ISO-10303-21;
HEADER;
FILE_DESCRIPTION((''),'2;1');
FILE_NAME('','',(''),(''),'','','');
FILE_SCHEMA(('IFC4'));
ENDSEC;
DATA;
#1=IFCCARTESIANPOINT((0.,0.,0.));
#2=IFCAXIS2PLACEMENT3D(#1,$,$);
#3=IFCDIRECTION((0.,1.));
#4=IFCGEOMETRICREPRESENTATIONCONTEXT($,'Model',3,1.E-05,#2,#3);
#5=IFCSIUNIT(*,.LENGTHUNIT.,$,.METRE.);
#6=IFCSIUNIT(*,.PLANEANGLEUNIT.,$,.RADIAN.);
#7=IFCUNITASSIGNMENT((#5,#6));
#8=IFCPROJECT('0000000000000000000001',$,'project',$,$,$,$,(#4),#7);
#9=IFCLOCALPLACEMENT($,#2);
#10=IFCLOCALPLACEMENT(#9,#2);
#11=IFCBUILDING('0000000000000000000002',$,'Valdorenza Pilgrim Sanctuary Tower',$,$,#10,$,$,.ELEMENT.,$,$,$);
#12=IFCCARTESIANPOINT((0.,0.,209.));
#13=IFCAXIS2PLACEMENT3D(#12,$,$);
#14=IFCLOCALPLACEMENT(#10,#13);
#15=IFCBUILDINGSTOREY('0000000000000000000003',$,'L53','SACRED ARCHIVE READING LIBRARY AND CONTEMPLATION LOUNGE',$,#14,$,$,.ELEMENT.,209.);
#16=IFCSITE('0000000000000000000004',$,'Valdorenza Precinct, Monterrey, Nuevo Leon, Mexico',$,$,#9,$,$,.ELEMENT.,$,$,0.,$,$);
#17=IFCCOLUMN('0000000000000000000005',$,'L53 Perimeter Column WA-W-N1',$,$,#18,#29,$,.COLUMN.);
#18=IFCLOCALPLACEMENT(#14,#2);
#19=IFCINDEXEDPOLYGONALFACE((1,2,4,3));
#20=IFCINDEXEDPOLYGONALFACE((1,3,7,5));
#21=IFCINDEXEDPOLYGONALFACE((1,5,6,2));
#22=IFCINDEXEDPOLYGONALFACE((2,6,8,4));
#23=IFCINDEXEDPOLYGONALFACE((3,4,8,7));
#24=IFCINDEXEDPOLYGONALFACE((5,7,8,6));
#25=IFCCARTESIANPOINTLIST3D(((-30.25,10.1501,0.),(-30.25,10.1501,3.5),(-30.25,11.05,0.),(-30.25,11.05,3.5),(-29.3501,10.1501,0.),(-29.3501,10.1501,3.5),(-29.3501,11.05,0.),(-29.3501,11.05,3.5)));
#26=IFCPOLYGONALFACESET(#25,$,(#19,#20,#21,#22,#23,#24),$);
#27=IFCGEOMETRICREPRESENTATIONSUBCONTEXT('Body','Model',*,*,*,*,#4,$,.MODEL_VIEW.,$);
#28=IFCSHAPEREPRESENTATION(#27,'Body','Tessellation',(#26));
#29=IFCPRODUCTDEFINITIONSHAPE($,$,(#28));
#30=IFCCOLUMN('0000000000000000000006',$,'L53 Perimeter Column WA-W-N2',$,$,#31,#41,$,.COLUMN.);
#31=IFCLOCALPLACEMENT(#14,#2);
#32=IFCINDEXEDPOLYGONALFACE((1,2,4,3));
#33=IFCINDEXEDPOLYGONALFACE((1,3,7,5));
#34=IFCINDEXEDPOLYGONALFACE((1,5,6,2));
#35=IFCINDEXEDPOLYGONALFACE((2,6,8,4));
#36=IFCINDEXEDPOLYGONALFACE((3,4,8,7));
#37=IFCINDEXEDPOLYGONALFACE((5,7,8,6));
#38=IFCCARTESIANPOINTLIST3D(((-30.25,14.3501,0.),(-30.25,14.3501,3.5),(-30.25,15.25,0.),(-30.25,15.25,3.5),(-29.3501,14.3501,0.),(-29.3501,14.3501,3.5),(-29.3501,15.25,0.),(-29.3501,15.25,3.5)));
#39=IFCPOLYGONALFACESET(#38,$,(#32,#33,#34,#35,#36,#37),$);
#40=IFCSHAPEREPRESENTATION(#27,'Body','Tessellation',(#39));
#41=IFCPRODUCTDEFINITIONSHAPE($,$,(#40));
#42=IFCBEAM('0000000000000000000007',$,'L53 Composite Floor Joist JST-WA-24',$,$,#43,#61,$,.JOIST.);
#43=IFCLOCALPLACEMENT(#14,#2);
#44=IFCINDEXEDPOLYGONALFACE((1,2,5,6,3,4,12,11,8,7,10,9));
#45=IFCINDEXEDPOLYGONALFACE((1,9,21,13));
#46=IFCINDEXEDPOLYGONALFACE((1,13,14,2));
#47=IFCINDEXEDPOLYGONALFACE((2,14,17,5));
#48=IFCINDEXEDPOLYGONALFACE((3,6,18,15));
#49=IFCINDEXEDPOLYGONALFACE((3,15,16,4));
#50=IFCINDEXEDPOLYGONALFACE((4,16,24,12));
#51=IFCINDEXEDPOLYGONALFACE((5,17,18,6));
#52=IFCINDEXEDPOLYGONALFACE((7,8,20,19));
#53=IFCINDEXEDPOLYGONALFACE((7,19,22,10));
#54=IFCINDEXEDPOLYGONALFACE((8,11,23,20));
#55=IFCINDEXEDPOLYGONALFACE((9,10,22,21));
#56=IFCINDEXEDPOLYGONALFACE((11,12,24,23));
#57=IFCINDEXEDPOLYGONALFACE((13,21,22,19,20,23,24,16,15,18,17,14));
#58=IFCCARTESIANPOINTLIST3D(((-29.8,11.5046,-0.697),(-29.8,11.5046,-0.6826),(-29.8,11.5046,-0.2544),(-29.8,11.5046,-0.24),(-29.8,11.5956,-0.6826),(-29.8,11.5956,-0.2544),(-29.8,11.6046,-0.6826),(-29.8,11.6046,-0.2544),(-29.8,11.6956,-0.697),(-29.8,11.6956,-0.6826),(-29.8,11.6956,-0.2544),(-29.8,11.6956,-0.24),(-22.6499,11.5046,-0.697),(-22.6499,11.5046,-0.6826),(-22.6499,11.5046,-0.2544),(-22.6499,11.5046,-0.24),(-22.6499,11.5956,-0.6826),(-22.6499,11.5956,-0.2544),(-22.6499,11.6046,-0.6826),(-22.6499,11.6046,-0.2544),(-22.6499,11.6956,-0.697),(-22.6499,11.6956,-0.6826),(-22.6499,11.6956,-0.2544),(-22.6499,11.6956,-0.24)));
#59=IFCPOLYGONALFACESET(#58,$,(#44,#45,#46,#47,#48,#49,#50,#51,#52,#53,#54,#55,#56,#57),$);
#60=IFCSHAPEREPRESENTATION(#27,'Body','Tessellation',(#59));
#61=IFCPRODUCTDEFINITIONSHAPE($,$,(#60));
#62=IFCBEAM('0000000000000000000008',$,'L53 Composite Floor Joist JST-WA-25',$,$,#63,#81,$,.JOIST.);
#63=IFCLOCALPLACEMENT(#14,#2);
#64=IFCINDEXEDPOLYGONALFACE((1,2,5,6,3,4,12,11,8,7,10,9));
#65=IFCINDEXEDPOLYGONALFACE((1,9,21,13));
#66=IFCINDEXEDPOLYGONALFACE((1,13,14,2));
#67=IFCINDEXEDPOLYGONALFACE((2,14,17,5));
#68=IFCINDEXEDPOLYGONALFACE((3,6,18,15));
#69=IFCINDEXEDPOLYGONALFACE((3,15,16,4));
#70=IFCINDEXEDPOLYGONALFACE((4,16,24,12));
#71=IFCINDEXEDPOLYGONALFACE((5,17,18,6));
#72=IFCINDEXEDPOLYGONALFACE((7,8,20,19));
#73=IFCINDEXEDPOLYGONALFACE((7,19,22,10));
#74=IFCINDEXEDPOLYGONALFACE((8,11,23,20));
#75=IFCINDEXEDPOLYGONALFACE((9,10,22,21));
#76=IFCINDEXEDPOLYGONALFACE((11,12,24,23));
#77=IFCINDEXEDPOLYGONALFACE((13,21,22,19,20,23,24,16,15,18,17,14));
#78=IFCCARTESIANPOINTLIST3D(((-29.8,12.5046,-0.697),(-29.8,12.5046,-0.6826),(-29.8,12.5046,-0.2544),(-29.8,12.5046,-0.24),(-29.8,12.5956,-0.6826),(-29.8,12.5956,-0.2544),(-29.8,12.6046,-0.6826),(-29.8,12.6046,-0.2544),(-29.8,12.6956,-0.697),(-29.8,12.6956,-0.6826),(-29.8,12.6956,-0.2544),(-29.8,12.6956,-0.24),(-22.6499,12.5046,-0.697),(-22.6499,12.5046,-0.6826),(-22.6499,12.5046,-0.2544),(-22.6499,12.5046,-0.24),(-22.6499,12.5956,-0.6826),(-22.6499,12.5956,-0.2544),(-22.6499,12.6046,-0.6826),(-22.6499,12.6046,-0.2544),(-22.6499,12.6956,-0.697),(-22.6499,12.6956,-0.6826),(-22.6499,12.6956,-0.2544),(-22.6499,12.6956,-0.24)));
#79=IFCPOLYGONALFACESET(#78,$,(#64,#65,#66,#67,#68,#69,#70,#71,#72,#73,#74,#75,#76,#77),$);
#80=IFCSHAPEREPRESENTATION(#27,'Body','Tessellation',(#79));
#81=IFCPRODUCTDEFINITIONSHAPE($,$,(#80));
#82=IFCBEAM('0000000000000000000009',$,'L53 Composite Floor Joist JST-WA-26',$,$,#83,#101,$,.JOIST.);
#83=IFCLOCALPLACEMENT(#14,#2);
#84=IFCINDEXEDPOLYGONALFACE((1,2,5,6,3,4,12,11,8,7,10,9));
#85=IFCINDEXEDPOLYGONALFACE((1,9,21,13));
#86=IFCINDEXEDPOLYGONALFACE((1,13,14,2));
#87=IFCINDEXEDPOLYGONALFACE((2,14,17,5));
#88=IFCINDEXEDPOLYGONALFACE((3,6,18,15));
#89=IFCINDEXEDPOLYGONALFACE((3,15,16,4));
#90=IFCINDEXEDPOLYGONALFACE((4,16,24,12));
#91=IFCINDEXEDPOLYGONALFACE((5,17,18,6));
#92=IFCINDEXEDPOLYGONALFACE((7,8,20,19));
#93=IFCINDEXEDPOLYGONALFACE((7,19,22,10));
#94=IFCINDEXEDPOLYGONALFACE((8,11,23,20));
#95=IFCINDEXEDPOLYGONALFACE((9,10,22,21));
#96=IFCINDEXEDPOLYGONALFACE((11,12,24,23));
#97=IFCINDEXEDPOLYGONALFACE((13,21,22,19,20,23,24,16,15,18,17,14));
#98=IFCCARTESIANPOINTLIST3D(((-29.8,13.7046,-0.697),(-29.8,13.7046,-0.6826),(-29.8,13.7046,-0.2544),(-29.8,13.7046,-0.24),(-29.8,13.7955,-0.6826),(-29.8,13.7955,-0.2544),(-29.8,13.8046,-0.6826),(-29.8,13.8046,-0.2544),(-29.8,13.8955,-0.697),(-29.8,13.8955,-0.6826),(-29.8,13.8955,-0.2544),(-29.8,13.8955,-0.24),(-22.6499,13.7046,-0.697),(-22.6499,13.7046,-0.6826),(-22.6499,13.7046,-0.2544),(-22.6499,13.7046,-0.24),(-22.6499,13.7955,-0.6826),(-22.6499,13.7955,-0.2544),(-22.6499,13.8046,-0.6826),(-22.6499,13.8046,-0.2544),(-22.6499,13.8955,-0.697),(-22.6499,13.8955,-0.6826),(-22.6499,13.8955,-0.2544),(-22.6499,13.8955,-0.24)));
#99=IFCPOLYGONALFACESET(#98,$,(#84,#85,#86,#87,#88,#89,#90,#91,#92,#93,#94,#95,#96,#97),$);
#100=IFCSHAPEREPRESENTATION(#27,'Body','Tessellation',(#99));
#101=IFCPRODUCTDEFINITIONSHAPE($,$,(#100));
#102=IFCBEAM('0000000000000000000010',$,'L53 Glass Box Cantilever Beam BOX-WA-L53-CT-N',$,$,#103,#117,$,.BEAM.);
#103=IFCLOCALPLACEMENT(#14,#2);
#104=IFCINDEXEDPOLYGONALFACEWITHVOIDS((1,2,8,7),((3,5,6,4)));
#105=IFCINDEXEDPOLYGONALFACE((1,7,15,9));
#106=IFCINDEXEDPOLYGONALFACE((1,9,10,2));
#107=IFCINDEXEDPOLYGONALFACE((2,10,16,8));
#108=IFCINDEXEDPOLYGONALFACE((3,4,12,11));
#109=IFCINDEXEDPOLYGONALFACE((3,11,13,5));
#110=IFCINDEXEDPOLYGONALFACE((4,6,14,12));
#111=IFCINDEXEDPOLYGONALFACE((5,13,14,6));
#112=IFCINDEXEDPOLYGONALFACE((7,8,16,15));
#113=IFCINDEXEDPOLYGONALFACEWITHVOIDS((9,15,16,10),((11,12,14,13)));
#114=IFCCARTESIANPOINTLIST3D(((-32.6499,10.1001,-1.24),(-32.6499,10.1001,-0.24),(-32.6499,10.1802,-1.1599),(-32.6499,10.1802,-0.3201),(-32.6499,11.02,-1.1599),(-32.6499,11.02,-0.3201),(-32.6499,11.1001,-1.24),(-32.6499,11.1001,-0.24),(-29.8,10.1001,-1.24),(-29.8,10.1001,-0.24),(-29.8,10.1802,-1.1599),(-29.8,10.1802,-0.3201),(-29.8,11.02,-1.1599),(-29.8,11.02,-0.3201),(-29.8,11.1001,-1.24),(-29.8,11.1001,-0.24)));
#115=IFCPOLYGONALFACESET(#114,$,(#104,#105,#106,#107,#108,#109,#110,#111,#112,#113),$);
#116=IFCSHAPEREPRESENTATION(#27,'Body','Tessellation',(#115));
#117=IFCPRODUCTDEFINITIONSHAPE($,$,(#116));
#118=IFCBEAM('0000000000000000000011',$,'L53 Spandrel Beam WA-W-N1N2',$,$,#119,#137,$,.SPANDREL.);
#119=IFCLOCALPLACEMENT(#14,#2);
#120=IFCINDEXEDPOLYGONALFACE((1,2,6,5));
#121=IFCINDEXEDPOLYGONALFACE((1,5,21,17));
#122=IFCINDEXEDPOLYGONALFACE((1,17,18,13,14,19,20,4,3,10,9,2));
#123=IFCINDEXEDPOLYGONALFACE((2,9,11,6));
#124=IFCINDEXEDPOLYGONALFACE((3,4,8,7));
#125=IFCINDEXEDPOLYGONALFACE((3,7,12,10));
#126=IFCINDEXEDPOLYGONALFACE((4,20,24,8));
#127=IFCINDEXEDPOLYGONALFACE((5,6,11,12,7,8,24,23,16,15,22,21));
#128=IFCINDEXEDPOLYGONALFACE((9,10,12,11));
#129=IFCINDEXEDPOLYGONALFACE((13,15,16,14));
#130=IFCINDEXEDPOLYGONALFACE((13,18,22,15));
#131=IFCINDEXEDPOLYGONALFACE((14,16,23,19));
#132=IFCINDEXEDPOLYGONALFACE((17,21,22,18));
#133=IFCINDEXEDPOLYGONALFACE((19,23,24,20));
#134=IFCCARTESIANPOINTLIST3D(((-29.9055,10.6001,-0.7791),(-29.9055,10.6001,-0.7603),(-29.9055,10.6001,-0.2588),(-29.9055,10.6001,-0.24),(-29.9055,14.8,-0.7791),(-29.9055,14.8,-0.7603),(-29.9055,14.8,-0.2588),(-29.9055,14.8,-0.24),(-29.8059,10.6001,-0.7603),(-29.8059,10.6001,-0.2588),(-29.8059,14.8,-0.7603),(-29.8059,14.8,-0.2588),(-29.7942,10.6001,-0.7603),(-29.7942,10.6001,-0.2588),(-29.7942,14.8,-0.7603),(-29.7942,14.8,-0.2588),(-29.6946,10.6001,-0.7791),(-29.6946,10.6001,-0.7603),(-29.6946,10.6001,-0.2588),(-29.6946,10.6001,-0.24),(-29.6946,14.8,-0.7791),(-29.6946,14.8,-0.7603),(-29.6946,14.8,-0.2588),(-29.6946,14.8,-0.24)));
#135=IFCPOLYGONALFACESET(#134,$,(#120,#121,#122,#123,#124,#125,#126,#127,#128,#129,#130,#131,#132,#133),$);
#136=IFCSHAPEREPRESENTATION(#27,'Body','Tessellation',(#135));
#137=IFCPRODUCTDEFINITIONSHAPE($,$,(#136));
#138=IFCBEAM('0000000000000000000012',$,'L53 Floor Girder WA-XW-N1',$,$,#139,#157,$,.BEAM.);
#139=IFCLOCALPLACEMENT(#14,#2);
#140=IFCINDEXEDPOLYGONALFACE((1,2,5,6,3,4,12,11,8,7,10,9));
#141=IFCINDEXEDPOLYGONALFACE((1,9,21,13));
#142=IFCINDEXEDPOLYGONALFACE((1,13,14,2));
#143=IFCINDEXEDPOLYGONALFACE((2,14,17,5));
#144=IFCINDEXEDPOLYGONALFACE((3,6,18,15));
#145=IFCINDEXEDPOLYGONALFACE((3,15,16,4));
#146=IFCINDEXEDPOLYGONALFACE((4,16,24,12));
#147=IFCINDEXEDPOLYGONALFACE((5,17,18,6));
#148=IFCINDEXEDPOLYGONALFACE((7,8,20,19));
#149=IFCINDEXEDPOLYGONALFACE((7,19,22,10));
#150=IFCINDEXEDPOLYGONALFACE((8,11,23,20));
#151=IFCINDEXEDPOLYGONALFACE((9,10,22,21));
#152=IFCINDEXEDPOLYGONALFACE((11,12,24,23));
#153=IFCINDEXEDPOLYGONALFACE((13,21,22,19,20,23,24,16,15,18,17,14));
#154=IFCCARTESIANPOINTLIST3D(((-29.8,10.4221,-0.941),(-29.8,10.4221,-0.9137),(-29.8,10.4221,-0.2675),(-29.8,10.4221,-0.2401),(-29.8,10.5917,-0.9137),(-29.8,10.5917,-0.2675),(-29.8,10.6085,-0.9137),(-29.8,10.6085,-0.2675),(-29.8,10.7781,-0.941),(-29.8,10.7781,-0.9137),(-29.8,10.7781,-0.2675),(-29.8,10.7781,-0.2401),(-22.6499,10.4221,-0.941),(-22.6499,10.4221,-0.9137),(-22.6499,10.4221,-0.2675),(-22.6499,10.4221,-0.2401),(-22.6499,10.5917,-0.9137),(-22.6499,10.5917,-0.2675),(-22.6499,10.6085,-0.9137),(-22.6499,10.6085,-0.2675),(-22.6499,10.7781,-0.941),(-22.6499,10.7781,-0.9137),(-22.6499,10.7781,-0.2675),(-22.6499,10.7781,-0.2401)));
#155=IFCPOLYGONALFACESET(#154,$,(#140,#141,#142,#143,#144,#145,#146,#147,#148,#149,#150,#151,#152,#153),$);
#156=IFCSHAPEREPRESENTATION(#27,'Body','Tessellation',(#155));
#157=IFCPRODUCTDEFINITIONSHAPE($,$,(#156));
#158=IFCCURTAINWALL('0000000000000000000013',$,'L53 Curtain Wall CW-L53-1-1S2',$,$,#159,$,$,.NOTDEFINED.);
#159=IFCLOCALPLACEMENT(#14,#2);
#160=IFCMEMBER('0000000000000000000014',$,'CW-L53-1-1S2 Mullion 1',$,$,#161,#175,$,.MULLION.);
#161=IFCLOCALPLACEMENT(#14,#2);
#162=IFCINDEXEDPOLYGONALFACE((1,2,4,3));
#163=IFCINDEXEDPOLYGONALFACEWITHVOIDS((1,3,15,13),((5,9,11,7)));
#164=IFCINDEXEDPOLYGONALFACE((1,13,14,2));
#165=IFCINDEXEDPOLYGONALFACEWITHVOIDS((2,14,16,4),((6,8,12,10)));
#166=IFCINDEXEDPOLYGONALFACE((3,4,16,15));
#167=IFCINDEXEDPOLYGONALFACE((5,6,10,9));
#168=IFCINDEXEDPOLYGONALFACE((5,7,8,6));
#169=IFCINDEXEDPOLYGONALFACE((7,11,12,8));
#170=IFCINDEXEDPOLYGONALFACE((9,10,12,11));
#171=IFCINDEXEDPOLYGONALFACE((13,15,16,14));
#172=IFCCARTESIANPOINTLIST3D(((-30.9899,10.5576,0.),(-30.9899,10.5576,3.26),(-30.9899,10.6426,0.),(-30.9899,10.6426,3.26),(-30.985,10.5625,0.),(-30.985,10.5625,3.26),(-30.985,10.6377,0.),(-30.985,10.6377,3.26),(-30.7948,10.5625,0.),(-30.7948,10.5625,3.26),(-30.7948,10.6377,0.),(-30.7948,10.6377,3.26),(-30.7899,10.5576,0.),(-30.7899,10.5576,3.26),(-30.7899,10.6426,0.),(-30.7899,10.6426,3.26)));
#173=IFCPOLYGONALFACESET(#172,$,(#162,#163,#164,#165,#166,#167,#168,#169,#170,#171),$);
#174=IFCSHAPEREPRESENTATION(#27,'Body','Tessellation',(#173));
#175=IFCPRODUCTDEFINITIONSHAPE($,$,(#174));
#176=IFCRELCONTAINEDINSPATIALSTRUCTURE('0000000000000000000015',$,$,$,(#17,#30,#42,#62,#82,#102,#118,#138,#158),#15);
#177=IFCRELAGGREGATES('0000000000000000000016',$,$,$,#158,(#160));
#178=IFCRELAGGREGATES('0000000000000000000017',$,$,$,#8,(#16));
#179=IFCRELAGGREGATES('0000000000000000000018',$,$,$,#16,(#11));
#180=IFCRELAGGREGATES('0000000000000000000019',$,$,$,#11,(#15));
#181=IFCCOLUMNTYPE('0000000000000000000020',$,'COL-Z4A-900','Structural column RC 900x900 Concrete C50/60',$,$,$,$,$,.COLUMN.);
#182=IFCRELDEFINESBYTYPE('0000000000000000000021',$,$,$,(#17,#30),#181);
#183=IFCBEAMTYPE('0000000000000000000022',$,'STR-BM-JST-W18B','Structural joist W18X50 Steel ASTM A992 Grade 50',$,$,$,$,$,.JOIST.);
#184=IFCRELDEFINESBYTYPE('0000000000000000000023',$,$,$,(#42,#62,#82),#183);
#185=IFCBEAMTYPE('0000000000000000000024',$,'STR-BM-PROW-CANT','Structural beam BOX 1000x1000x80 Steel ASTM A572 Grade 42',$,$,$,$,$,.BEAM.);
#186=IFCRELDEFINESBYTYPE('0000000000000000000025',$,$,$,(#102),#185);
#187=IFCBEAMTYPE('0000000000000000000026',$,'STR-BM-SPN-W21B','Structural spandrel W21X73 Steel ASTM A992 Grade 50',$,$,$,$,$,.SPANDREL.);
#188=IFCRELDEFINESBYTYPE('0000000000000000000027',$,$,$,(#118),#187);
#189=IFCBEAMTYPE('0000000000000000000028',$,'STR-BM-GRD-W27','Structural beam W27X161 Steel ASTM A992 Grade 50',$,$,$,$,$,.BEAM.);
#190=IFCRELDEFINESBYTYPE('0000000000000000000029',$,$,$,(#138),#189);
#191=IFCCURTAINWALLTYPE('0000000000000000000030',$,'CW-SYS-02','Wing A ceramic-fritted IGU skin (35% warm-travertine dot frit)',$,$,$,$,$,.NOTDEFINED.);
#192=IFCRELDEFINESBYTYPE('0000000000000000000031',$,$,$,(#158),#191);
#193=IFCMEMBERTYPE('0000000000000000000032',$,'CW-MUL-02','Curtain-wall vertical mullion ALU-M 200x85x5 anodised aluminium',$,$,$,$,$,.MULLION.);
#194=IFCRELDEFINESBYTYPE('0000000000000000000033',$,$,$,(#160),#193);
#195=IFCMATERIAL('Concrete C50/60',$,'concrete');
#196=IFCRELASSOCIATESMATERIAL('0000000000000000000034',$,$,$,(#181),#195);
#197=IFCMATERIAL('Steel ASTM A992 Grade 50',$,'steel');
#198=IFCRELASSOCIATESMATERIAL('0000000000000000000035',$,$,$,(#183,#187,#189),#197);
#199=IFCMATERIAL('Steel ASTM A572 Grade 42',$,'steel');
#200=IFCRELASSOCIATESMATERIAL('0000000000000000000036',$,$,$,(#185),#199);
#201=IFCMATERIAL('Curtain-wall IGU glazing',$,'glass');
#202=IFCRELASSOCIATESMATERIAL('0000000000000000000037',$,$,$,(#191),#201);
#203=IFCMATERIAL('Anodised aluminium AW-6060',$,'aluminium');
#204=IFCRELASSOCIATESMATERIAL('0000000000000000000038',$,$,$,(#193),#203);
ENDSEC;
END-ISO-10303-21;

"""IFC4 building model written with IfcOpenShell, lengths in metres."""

from ifc_helpers import new_model, si_unit, direction, frame, origin, origin_2d, place, context, subcontext, project, spatial, rectangle, hollow_rectangle, i_section, extrude, source, transform, mapped, material, material_profile, profile_set, type_object, element, aggregate, save


model = new_model("IFC4")

# Units and contexts
model_context = context("Model", 3, precision=1e-05, world=origin(), true_north=direction((0.0, 1.0)))
body_context = subcontext(model_context, "Body", "Model", "MODEL_VIEW")
ifc_project = project(units=[si_unit("LENGTHUNIT", "METRE"), si_unit("PLANEANGLEUNIT", "RADIAN")], contexts=[model_context])

# Site, building, storey
site_placement = place(None, origin())
site = spatial("IfcSite", under=ifc_project, at=site_placement, Name="Valdorenza Precinct, Monterrey, Nuevo Leon, Mexico", CompositionType="ELEMENT", RefElevation=0.0)
building_placement = place(site_placement, origin())
building = spatial("IfcBuilding", under=site, at=building_placement, Name="Valdorenza Pilgrim Sanctuary Tower", CompositionType="ELEMENT")
storey_placement = place(building_placement, frame((0.0, 0.0, 209.0)))
storey = spatial("IfcBuildingStorey", under=building, at=storey_placement, Name="L53", Description="SACRED ARCHIVE READING LIBRARY AND CONTEMPLATION LOUNGE", CompositionType="ELEMENT", Elevation=209.0)

# Columns
ifc_material_1 = material(Name="Concrete C50/60", Category="concrete")
ifc_material_profile_1 = material_profile(ifc_material_1, rectangle(XDim=0.8999, YDim=0.8999, at=origin_2d()), Name="RC 900x900")
ifc_profile_set_1 = profile_set([ifc_material_profile_1], Name="Concrete C50/60")
column_type = type_object("IfcColumnType", Name="COL-Z4A-900", Description="Structural column RC 900x900 Concrete C50/60", PredefinedType="COLUMN", material=ifc_profile_set_1)
shared_shape_1 = source(origin(), body_context, "Body", "SweptSolid", [
    extrude(rectangle(XDim=0.8999, YDim=0.8999, at=origin_2d()), origin(), (0.0, 0.0, 1.0), 3.5),
])
for number, where, z_axis, x_axis, name in (
    (1, (-29.8, 10.6001, 0.0), (0.0, 0.0, 1.0), (1.0, 0.0, 0.0), "L53 Perimeter Column WA-W-N1"),
    (2, (-29.8, 14.8, 0.0), (0.0, 0.0, 1.0), (1.0, 0.0, 0.0), "L53 Perimeter Column WA-W-N2"),
):
    element("IfcColumn", number, at=place(storey_placement, frame(where, z_axis=z_axis, x_axis=x_axis)), inside=storey, type_object=column_type, Name=name, PredefinedType="COLUMN", context=body_context, shape_type="MappedRepresentation", body=[
        mapped(shared_shape_1, transform((0.0, 0.0, 0.0), x_axis=(1.0, 0.0, 0.0), y_axis=(0.0, 1.0, 0.0), z_axis=(0.0, 0.0, 1.0), scale=1.0)),
    ])

# Beams
ifc_material_2 = material(Name="Steel ASTM A992 Grade 50", Category="steel")
ifc_material_profile_2 = material_profile(ifc_material_2, i_section(OverallWidth=0.1909, OverallDepth=0.457, WebThickness=0.009, FlangeThickness=0.0144, at=origin_2d()), Name="W18X50")
ifc_profile_set_2 = profile_set([ifc_material_profile_2], Name="Steel ASTM A992 Grade 50")
beam_type_1 = type_object("IfcBeamType", Name="STR-BM-JST-W18B", Description="Structural joist W18X50 Steel ASTM A992 Grade 50", PredefinedType="JOIST", material=ifc_profile_set_2)
shared_shape_2 = source(origin(), body_context, "Body", "SweptSolid", [
    extrude(i_section(OverallWidth=0.1909, OverallDepth=0.457, WebThickness=0.009, FlangeThickness=0.0144, at=origin_2d()), origin(), (0.0, 0.0, 1.0), 7.1501),
])
for number, where, z_axis, x_axis, name in (
    (3, (-29.8, 11.6001, -0.4685), (1.0, 0.0, 0.0), (0.0, 1.0, 0.0), "L53 Composite Floor Joist JST-WA-24"),
    (4, (-29.8, 12.6001, -0.4685), (1.0, 0.0, 0.0), (0.0, 1.0, 0.0), "L53 Composite Floor Joist JST-WA-25"),
    (5, (-29.8, 13.8, -0.4685), (1.0, 0.0, 0.0), (0.0, 1.0, 0.0), "L53 Composite Floor Joist JST-WA-26"),
):
    element("IfcBeam", number, at=place(storey_placement, frame(where, z_axis=z_axis, x_axis=x_axis)), inside=storey, type_object=beam_type_1, Name=name, PredefinedType="JOIST", context=body_context, shape_type="MappedRepresentation", body=[
        mapped(shared_shape_2, transform((0.0, 0.0, 0.0), x_axis=(1.0, 0.0, 0.0), y_axis=(0.0, 1.0, 0.0), z_axis=(0.0, 0.0, 1.0), scale=1.0)),
    ])
ifc_material_3 = material(Name="Steel ASTM A572 Grade 42", Category="steel")
ifc_material_profile_3 = material_profile(ifc_material_3, hollow_rectangle(XDim=1.0, YDim=1.0, WallThickness=0.0801, at=origin_2d()), Name="BOX 1000x1000x80")
ifc_profile_set_3 = profile_set([ifc_material_profile_3], Name="Steel ASTM A572 Grade 42")
beam_type_2 = type_object("IfcBeamType", Name="STR-BM-PROW-CANT", Description="Structural beam BOX 1000x1000x80 Steel ASTM A572 Grade 42", PredefinedType="BEAM", material=ifc_profile_set_3)
shared_shape_3 = source(origin(), body_context, "Body", "SweptSolid", [
    extrude(hollow_rectangle(XDim=1.0, YDim=1.0, WallThickness=0.0801, at=origin_2d()), origin(), (0.0, 0.0, 1.0), 2.8499),
])
beam_1_placement = place(storey_placement, frame((-29.8, 10.6001, -0.74), z_axis=(-1.0, 0.0, 0.0), x_axis=(0.0, -1.0, 0.0)))
element("IfcBeam", 6, at=beam_1_placement, inside=storey, type_object=beam_type_2, Name="L53 Glass Box Cantilever Beam BOX-WA-L53-CT-N", PredefinedType="BEAM", context=body_context, shape_type="MappedRepresentation", body=[
    mapped(shared_shape_3, transform((0.0, 0.0, 0.0), x_axis=(1.0, 0.0, 0.0), y_axis=(0.0, 1.0, 0.0), z_axis=(0.0, 0.0, 1.0), scale=1.0)),
])
ifc_material_profile_4 = material_profile(ifc_material_2, i_section(OverallWidth=0.2109, OverallDepth=0.5391, WebThickness=0.0117, FlangeThickness=0.0188, at=origin_2d()), Name="W21X73")
ifc_profile_set_4 = profile_set([ifc_material_profile_4], Name="Steel ASTM A992 Grade 50")
beam_type_3 = type_object("IfcBeamType", Name="STR-BM-SPN-W21B", Description="Structural spandrel W21X73 Steel ASTM A992 Grade 50", PredefinedType="SPANDREL", material=ifc_profile_set_4)
shared_shape_4 = source(origin(), body_context, "Body", "SweptSolid", [
    extrude(i_section(OverallWidth=0.2109, OverallDepth=0.5391, WebThickness=0.0117, FlangeThickness=0.0188, at=origin_2d()), origin(), (0.0, 0.0, 1.0), 4.2),
])
beam_2_placement = place(storey_placement, frame((-29.8, 10.6001, -0.5095), z_axis=(0.0, 1.0, 0.0), x_axis=(-1.0, 0.0, 0.0)))
element("IfcBeam", 7, at=beam_2_placement, inside=storey, type_object=beam_type_3, Name="L53 Spandrel Beam WA-W-N1N2", PredefinedType="SPANDREL", context=body_context, shape_type="MappedRepresentation", body=[
    mapped(shared_shape_4, transform((0.0, 0.0, 0.0), x_axis=(1.0, 0.0, 0.0), y_axis=(0.0, 1.0, 0.0), z_axis=(0.0, 0.0, 1.0), scale=1.0)),
])
ifc_material_profile_5 = material_profile(ifc_material_2, i_section(OverallWidth=0.356, OverallDepth=0.7009, WebThickness=0.0168, FlangeThickness=0.0273, at=origin_2d()), Name="W27X161")
ifc_profile_set_5 = profile_set([ifc_material_profile_5], Name="Steel ASTM A992 Grade 50")
beam_type_4 = type_object("IfcBeamType", Name="STR-BM-GRD-W27", Description="Structural beam W27X161 Steel ASTM A992 Grade 50", PredefinedType="BEAM", material=ifc_profile_set_5)
shared_shape_5 = source(origin(), body_context, "Body", "SweptSolid", [
    extrude(i_section(OverallWidth=0.356, OverallDepth=0.7009, WebThickness=0.0168, FlangeThickness=0.0273, at=origin_2d()), origin(), (0.0, 0.0, 1.0), 7.1501),
])
beam_3_placement = place(storey_placement, frame((-29.8, 10.6001, -0.5906), z_axis=(1.0, 0.0, 0.0), x_axis=(0.0, 1.0, 0.0)))
element("IfcBeam", 8, at=beam_3_placement, inside=storey, type_object=beam_type_4, Name="L53 Floor Girder WA-XW-N1", PredefinedType="BEAM", context=body_context, shape_type="MappedRepresentation", body=[
    mapped(shared_shape_5, transform((0.0, 0.0, 0.0), x_axis=(1.0, 0.0, 0.0), y_axis=(0.0, 1.0, 0.0), z_axis=(0.0, 0.0, 1.0), scale=1.0)),
])

# Curtain wall, member
ifc_material_4 = material(Name="Curtain-wall IGU glazing", Category="glass")
curtain_wall_type = type_object("IfcCurtainWallType", Name="CW-SYS-02", Description="Wing A ceramic-fritted IGU skin (35% warm-travertine dot frit)", PredefinedType="NOTDEFINED", material=ifc_material_4)
curtain_wall_placement = place(storey_placement, origin())
curtain_wall = element("IfcCurtainWall", 9, at=curtain_wall_placement, inside=storey, type_object=curtain_wall_type, Name="L53 Curtain Wall CW-L53-1-1S2", PredefinedType="NOTDEFINED")
ifc_material_5 = material(Name="Anodised aluminium AW-6060", Category="aluminium")
ifc_material_profile_6 = material_profile(ifc_material_5, hollow_rectangle(XDim=0.085, YDim=0.2, WallThickness=0.0049, at=origin_2d()), Name="ALU-M 200x85x5")
ifc_profile_set_6 = profile_set([ifc_material_profile_6], Name="Anodised aluminium AW-6060")
member_type_1 = type_object("IfcMemberType", Name="CW-MUL-02", Description="Curtain-wall vertical mullion ALU-M 200x85x5 anodised aluminium", PredefinedType="MULLION", material=ifc_profile_set_6)
shared_shape_6 = source(origin(), body_context, "Body", "SweptSolid", [
    extrude(hollow_rectangle(XDim=0.085, YDim=0.2, WallThickness=0.0049, at=origin_2d()), origin(), (0.0, 0.0, 1.0), 3.26),
])
member_1_placement = place(storey_placement, frame((-30.8899, 10.6001, 0.0), z_axis=(0.0, 0.0, 1.0), x_axis=(0.0, 1.0, 0.0)))
member_1 = element("IfcMember", 10, at=member_1_placement, type_object=member_type_1, Name="CW-L53-1-1S2 Mullion 1", PredefinedType="MULLION", context=body_context, shape_type="MappedRepresentation", body=[
    mapped(shared_shape_6, transform((0.0, 0.0, 0.0), x_axis=(1.0, 0.0, 0.0), y_axis=(0.0, 1.0, 0.0), z_axis=(0.0, 0.0, 1.0), scale=1.0)),
])

aggregate(curtain_wall, [member_1])

save(model, "model.ifc")
